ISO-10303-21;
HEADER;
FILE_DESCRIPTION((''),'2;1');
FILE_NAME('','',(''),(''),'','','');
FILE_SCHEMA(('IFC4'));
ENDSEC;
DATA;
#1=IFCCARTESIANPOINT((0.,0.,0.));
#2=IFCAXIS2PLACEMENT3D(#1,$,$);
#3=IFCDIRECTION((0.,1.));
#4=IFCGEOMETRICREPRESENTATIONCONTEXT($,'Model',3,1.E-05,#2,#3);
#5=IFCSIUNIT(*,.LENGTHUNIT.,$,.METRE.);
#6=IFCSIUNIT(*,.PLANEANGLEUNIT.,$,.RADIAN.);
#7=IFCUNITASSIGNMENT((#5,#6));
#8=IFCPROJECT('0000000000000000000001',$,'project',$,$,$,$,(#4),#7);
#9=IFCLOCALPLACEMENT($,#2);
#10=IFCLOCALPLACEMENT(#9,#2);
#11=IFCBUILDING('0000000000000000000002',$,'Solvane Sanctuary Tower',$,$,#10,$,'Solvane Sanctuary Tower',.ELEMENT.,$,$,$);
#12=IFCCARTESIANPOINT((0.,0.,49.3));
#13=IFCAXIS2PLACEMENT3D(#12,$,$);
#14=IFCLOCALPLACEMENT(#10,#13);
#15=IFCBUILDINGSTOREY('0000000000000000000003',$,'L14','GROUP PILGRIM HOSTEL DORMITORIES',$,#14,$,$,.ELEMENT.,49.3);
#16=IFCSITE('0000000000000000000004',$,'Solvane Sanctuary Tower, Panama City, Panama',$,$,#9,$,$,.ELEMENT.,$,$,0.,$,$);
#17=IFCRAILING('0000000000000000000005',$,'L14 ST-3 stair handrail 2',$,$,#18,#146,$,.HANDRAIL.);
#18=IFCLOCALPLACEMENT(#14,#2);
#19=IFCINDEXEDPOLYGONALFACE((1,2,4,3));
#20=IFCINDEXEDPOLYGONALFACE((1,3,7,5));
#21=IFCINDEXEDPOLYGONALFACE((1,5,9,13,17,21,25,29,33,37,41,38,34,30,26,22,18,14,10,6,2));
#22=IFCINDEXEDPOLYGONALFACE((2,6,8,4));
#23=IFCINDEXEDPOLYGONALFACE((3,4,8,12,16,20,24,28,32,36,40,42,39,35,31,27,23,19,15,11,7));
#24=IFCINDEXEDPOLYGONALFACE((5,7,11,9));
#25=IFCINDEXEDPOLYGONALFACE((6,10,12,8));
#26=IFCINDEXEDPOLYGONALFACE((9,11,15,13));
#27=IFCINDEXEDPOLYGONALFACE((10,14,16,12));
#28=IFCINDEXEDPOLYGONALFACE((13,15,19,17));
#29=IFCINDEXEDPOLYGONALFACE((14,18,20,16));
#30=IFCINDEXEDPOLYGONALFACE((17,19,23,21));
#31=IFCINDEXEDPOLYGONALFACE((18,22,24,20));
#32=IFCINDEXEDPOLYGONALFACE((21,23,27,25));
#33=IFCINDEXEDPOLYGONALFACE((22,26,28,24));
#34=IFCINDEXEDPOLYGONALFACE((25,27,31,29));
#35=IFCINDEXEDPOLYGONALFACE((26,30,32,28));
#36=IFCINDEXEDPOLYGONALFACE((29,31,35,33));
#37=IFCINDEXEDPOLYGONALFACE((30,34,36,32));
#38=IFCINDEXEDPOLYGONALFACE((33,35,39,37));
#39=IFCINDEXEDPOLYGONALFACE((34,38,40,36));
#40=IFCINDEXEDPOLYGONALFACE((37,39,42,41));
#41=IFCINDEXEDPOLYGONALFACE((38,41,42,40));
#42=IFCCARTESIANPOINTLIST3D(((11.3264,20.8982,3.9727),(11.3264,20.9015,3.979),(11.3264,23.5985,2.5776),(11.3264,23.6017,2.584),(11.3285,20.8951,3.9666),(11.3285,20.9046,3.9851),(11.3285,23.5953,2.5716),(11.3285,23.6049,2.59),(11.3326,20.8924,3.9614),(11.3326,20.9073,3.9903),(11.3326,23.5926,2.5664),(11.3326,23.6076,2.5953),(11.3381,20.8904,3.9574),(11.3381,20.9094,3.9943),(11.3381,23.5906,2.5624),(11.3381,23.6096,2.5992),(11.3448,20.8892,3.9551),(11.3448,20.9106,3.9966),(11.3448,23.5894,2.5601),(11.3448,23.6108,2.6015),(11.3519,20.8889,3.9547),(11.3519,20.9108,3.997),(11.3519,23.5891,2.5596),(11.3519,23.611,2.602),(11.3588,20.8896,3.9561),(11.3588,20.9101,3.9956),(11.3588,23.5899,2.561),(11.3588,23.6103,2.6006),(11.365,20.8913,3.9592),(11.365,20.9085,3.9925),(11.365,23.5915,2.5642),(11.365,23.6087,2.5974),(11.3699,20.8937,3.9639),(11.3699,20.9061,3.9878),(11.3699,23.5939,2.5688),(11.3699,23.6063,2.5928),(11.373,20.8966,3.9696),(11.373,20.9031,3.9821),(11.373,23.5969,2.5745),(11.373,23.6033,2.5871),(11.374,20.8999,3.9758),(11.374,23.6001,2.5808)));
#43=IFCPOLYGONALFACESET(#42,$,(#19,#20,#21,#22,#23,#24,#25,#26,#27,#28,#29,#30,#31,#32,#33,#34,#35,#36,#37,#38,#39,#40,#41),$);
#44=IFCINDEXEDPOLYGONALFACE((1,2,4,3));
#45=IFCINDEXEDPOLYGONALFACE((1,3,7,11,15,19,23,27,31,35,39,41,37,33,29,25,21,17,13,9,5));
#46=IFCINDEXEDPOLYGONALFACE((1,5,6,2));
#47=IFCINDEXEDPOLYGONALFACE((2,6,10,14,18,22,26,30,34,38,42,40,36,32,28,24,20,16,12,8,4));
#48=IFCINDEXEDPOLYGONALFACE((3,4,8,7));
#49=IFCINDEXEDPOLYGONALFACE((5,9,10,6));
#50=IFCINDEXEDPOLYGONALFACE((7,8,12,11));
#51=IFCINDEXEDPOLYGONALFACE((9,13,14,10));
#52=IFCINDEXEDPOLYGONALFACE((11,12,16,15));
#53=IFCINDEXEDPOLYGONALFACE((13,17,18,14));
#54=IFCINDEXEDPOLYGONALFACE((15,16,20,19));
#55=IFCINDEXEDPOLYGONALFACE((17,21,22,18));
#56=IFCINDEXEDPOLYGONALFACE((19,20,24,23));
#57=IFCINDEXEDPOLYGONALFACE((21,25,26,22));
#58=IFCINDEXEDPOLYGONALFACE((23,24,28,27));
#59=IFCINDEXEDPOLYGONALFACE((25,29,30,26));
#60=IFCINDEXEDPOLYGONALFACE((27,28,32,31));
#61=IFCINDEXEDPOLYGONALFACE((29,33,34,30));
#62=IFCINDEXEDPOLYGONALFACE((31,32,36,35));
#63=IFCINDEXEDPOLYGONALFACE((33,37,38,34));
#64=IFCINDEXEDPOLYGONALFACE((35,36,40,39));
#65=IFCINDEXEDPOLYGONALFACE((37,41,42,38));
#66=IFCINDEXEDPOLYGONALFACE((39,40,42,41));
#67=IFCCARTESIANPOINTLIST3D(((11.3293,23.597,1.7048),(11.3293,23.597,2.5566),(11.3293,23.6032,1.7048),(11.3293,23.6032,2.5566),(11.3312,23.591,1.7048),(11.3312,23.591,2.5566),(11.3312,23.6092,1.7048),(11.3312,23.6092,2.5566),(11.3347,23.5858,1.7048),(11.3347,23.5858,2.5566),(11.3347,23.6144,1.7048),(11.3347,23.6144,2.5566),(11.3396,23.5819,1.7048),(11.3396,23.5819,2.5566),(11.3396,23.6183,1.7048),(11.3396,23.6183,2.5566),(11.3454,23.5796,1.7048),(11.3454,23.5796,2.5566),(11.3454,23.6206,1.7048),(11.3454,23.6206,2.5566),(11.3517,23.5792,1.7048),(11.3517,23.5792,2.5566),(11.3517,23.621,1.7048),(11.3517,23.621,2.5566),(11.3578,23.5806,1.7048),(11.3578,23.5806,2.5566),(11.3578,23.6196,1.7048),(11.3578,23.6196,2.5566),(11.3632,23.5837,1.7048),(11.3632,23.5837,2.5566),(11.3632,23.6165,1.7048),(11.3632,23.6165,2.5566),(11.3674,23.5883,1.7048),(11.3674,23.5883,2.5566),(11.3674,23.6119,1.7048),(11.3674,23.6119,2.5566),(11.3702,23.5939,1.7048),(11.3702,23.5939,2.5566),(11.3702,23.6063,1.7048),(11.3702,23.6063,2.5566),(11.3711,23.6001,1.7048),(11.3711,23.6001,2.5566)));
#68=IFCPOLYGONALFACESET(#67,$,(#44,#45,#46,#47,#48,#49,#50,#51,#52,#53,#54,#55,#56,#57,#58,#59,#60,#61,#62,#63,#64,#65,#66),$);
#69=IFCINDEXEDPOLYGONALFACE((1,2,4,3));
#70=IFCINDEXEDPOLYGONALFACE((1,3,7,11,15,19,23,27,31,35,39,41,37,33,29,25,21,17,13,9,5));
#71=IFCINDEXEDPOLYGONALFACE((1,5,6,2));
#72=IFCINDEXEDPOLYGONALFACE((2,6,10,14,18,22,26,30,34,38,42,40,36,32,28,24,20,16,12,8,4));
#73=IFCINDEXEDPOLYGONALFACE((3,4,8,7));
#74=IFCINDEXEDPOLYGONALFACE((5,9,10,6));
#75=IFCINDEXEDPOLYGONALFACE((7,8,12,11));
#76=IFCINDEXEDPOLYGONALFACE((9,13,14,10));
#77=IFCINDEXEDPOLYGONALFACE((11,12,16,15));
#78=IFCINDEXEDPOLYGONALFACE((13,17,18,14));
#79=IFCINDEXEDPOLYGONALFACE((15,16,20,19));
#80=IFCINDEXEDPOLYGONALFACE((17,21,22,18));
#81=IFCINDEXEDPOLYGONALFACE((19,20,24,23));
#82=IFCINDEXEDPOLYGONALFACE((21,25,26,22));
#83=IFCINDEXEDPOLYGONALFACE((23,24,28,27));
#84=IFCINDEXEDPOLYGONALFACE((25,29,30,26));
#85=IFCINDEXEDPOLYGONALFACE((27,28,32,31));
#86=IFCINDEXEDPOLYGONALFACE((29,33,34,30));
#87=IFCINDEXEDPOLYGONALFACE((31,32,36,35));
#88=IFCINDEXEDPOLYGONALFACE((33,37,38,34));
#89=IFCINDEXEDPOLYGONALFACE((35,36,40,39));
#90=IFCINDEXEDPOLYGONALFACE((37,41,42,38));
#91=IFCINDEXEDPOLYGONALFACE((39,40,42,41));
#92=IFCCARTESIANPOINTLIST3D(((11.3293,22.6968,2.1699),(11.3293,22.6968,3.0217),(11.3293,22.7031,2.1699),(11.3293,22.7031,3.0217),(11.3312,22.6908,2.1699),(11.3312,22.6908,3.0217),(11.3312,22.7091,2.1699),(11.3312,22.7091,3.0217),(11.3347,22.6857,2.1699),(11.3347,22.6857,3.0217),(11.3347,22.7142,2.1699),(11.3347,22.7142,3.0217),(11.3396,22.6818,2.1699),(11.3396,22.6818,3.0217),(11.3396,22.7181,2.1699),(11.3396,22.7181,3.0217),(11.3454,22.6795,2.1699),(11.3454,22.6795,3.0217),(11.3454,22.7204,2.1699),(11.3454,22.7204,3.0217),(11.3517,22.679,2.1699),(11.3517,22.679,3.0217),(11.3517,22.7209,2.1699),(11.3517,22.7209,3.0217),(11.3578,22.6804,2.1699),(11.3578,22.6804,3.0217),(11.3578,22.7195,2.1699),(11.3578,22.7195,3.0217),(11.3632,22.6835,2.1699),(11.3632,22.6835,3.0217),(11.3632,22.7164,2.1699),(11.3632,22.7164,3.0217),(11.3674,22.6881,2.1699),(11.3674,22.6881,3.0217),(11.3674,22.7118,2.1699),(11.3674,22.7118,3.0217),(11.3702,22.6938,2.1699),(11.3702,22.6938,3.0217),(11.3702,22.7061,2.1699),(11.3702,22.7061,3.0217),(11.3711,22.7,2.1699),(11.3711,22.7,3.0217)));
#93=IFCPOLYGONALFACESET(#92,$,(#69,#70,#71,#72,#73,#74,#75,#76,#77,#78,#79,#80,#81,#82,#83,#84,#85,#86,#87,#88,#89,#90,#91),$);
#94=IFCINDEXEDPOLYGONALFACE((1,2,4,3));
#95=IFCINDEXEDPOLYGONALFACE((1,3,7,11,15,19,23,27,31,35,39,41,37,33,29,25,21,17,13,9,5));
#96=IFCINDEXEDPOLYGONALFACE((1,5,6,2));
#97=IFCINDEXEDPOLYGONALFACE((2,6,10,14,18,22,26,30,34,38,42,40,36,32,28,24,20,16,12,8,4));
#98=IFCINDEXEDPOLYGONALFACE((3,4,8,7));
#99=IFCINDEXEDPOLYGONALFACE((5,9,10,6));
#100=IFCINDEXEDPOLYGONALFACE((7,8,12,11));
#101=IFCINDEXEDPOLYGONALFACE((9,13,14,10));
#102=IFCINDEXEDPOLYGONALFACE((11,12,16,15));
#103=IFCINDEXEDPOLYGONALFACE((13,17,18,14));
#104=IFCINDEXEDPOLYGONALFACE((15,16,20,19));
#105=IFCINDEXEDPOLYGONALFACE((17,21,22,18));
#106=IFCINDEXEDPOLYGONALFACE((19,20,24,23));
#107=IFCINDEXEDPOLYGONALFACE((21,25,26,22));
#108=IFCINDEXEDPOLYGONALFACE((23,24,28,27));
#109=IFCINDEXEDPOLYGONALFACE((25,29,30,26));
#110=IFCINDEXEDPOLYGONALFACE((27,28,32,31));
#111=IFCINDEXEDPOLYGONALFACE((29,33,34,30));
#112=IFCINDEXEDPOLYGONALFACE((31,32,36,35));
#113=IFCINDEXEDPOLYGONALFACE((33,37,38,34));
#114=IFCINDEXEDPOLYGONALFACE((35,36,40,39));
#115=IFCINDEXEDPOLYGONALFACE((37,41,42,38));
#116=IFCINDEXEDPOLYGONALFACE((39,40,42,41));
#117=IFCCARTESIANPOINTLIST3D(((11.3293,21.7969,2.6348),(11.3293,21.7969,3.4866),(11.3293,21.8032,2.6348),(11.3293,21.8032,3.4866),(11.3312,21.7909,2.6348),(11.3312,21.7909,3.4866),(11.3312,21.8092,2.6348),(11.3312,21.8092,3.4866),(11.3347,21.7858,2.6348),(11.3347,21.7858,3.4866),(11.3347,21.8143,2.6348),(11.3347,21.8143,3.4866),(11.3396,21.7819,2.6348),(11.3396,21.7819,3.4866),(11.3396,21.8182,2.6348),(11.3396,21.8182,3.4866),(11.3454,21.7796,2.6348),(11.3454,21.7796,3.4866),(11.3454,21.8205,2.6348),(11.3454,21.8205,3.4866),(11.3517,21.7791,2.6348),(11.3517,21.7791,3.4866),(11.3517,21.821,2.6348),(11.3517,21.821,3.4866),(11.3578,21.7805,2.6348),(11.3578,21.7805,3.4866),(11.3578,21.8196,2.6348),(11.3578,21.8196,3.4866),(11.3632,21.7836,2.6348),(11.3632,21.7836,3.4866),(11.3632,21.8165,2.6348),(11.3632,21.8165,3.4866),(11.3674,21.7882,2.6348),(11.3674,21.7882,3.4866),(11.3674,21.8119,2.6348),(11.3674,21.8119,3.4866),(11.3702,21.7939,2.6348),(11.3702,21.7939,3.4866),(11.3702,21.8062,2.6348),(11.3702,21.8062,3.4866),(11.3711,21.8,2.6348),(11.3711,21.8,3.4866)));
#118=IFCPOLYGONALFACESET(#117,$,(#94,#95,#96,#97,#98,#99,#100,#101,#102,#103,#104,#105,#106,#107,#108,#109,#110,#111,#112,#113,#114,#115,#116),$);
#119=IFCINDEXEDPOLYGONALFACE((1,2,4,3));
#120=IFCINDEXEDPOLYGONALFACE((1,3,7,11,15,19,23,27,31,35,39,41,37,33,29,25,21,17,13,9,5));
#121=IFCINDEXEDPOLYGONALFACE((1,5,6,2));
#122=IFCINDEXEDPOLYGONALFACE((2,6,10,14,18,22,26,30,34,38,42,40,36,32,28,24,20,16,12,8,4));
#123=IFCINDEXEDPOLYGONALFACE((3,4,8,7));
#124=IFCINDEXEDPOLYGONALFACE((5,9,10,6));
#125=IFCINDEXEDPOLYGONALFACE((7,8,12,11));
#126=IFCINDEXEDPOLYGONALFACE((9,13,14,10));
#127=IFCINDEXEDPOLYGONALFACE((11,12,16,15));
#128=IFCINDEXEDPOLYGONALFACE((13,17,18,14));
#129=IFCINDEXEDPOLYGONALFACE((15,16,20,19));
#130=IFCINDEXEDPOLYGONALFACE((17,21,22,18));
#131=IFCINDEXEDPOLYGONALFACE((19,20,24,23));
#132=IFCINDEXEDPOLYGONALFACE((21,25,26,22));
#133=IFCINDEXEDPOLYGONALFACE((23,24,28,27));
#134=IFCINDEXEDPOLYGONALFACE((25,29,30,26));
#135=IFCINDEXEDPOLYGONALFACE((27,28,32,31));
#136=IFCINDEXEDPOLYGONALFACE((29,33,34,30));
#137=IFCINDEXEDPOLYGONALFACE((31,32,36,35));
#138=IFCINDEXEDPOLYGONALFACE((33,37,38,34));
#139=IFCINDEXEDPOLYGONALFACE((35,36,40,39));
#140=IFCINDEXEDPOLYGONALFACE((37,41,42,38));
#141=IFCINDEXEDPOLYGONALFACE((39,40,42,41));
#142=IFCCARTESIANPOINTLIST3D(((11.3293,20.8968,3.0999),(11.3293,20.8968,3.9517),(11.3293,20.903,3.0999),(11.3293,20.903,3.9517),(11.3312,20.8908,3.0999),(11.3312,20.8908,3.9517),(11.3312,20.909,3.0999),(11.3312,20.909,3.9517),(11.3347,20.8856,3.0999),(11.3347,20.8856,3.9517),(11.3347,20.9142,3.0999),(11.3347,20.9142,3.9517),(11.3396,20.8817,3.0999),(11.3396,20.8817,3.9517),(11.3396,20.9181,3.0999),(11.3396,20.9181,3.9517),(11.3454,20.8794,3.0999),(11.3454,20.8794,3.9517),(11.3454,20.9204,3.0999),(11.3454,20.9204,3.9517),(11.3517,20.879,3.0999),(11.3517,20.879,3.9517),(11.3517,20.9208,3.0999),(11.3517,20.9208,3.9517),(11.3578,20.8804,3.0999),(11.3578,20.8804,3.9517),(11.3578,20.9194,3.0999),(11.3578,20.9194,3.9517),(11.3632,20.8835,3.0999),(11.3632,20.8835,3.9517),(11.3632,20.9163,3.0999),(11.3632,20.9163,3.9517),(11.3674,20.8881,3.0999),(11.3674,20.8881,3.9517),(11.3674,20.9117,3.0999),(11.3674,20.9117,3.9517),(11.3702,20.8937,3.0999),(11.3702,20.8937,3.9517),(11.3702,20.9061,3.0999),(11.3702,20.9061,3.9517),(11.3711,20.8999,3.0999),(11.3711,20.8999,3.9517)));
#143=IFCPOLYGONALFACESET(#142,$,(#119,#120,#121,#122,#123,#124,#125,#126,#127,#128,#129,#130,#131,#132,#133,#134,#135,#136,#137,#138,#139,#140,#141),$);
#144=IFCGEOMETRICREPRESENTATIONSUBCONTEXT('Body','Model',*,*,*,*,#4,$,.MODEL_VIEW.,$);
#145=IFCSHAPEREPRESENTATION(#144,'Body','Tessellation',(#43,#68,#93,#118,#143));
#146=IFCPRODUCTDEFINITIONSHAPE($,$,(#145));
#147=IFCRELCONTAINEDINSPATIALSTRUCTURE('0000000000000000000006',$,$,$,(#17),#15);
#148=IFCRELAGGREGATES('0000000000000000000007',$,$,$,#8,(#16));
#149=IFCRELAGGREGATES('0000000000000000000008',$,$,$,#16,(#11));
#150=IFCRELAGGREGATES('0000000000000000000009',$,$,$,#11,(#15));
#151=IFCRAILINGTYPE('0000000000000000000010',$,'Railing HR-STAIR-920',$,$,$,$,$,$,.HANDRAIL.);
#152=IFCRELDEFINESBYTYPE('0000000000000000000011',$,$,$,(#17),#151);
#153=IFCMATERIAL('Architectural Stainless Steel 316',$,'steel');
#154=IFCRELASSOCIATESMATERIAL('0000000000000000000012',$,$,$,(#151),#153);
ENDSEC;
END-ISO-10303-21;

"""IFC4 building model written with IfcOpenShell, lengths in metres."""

from ifc_helpers import new_model, si_unit, direction, frame, origin, origin_2d, place, context, subcontext, project, spatial, circle, extrude, material, type_object, element, save


model = new_model("IFC4")

# Units and contexts
model_context = context("Model", 3, precision=1e-05, world=origin(), true_north=direction((0.0, 1.0)))
body_context = subcontext(model_context, "Body", "Model", "MODEL_VIEW")
ifc_project = project(units=[si_unit("LENGTHUNIT", "METRE"), si_unit("PLANEANGLEUNIT", "RADIAN")], contexts=[model_context])

# Site, building, storey
site_placement = place(None, origin())
site = spatial("IfcSite", under=ifc_project, at=site_placement, Name="Solvane Sanctuary Tower, Panama City, Panama", CompositionType="ELEMENT", RefElevation=0.0)
building_placement = place(site_placement, origin())
building = spatial("IfcBuilding", under=site, at=building_placement, Name="Solvane Sanctuary Tower", LongName="Solvane Sanctuary Tower", CompositionType="ELEMENT")
storey_placement = place(building_placement, frame((0.0, 0.0, 49.3)))
storey = spatial("IfcBuildingStorey", under=building, at=storey_placement, Name="L14", Description="GROUP PILGRIM HOSTEL DORMITORIES", CompositionType="ELEMENT", Elevation=49.3)

# Railing
ifc_material_1 = material(Name="Architectural Stainless Steel 316", Category="steel")
railing_type_1 = type_object("IfcRailingType", Name="Railing HR-STAIR-920", PredefinedType="HANDRAIL", material=ifc_material_1)
railing_1_placement = place(storey_placement, frame((11.3501, 23.6001, 1.7048)))
element("IfcRailing", 1, at=railing_1_placement, inside=storey, type_object=railing_type_1, Name="L14 ST-3 stair handrail 2", PredefinedType="HANDRAIL", context=body_context, shape_type="SweptSolid", body=[
    extrude(circle(Radius=0.0239, at=origin_2d()), frame((0.0, 0.0, 0.876), z_axis=(0.0, -0.888437, 0.458999), x_axis=(1.0, 0.0, 0.0)), (0.0, 0.0, 1.0), 3.0393),
    extrude(circle(Radius=0.021, at=origin_2d()), origin(), (0.0, 0.0, 1.0), 0.8518),
    extrude(circle(Radius=0.021, at=origin_2d()), frame((0.0, -0.9001, 0.4651)), (0.0, 0.0, 1.0), 0.8518),
    extrude(circle(Radius=0.021, at=origin_2d()), frame((0.0, -1.8, 0.9299)), (0.0, 0.0, 1.0), 0.8518),
    extrude(circle(Radius=0.021, at=origin_2d()), frame((0.0, -2.7002, 1.395)), (0.0, 0.0, 1.0), 0.8518),
])

save(model, "model.ifc")
